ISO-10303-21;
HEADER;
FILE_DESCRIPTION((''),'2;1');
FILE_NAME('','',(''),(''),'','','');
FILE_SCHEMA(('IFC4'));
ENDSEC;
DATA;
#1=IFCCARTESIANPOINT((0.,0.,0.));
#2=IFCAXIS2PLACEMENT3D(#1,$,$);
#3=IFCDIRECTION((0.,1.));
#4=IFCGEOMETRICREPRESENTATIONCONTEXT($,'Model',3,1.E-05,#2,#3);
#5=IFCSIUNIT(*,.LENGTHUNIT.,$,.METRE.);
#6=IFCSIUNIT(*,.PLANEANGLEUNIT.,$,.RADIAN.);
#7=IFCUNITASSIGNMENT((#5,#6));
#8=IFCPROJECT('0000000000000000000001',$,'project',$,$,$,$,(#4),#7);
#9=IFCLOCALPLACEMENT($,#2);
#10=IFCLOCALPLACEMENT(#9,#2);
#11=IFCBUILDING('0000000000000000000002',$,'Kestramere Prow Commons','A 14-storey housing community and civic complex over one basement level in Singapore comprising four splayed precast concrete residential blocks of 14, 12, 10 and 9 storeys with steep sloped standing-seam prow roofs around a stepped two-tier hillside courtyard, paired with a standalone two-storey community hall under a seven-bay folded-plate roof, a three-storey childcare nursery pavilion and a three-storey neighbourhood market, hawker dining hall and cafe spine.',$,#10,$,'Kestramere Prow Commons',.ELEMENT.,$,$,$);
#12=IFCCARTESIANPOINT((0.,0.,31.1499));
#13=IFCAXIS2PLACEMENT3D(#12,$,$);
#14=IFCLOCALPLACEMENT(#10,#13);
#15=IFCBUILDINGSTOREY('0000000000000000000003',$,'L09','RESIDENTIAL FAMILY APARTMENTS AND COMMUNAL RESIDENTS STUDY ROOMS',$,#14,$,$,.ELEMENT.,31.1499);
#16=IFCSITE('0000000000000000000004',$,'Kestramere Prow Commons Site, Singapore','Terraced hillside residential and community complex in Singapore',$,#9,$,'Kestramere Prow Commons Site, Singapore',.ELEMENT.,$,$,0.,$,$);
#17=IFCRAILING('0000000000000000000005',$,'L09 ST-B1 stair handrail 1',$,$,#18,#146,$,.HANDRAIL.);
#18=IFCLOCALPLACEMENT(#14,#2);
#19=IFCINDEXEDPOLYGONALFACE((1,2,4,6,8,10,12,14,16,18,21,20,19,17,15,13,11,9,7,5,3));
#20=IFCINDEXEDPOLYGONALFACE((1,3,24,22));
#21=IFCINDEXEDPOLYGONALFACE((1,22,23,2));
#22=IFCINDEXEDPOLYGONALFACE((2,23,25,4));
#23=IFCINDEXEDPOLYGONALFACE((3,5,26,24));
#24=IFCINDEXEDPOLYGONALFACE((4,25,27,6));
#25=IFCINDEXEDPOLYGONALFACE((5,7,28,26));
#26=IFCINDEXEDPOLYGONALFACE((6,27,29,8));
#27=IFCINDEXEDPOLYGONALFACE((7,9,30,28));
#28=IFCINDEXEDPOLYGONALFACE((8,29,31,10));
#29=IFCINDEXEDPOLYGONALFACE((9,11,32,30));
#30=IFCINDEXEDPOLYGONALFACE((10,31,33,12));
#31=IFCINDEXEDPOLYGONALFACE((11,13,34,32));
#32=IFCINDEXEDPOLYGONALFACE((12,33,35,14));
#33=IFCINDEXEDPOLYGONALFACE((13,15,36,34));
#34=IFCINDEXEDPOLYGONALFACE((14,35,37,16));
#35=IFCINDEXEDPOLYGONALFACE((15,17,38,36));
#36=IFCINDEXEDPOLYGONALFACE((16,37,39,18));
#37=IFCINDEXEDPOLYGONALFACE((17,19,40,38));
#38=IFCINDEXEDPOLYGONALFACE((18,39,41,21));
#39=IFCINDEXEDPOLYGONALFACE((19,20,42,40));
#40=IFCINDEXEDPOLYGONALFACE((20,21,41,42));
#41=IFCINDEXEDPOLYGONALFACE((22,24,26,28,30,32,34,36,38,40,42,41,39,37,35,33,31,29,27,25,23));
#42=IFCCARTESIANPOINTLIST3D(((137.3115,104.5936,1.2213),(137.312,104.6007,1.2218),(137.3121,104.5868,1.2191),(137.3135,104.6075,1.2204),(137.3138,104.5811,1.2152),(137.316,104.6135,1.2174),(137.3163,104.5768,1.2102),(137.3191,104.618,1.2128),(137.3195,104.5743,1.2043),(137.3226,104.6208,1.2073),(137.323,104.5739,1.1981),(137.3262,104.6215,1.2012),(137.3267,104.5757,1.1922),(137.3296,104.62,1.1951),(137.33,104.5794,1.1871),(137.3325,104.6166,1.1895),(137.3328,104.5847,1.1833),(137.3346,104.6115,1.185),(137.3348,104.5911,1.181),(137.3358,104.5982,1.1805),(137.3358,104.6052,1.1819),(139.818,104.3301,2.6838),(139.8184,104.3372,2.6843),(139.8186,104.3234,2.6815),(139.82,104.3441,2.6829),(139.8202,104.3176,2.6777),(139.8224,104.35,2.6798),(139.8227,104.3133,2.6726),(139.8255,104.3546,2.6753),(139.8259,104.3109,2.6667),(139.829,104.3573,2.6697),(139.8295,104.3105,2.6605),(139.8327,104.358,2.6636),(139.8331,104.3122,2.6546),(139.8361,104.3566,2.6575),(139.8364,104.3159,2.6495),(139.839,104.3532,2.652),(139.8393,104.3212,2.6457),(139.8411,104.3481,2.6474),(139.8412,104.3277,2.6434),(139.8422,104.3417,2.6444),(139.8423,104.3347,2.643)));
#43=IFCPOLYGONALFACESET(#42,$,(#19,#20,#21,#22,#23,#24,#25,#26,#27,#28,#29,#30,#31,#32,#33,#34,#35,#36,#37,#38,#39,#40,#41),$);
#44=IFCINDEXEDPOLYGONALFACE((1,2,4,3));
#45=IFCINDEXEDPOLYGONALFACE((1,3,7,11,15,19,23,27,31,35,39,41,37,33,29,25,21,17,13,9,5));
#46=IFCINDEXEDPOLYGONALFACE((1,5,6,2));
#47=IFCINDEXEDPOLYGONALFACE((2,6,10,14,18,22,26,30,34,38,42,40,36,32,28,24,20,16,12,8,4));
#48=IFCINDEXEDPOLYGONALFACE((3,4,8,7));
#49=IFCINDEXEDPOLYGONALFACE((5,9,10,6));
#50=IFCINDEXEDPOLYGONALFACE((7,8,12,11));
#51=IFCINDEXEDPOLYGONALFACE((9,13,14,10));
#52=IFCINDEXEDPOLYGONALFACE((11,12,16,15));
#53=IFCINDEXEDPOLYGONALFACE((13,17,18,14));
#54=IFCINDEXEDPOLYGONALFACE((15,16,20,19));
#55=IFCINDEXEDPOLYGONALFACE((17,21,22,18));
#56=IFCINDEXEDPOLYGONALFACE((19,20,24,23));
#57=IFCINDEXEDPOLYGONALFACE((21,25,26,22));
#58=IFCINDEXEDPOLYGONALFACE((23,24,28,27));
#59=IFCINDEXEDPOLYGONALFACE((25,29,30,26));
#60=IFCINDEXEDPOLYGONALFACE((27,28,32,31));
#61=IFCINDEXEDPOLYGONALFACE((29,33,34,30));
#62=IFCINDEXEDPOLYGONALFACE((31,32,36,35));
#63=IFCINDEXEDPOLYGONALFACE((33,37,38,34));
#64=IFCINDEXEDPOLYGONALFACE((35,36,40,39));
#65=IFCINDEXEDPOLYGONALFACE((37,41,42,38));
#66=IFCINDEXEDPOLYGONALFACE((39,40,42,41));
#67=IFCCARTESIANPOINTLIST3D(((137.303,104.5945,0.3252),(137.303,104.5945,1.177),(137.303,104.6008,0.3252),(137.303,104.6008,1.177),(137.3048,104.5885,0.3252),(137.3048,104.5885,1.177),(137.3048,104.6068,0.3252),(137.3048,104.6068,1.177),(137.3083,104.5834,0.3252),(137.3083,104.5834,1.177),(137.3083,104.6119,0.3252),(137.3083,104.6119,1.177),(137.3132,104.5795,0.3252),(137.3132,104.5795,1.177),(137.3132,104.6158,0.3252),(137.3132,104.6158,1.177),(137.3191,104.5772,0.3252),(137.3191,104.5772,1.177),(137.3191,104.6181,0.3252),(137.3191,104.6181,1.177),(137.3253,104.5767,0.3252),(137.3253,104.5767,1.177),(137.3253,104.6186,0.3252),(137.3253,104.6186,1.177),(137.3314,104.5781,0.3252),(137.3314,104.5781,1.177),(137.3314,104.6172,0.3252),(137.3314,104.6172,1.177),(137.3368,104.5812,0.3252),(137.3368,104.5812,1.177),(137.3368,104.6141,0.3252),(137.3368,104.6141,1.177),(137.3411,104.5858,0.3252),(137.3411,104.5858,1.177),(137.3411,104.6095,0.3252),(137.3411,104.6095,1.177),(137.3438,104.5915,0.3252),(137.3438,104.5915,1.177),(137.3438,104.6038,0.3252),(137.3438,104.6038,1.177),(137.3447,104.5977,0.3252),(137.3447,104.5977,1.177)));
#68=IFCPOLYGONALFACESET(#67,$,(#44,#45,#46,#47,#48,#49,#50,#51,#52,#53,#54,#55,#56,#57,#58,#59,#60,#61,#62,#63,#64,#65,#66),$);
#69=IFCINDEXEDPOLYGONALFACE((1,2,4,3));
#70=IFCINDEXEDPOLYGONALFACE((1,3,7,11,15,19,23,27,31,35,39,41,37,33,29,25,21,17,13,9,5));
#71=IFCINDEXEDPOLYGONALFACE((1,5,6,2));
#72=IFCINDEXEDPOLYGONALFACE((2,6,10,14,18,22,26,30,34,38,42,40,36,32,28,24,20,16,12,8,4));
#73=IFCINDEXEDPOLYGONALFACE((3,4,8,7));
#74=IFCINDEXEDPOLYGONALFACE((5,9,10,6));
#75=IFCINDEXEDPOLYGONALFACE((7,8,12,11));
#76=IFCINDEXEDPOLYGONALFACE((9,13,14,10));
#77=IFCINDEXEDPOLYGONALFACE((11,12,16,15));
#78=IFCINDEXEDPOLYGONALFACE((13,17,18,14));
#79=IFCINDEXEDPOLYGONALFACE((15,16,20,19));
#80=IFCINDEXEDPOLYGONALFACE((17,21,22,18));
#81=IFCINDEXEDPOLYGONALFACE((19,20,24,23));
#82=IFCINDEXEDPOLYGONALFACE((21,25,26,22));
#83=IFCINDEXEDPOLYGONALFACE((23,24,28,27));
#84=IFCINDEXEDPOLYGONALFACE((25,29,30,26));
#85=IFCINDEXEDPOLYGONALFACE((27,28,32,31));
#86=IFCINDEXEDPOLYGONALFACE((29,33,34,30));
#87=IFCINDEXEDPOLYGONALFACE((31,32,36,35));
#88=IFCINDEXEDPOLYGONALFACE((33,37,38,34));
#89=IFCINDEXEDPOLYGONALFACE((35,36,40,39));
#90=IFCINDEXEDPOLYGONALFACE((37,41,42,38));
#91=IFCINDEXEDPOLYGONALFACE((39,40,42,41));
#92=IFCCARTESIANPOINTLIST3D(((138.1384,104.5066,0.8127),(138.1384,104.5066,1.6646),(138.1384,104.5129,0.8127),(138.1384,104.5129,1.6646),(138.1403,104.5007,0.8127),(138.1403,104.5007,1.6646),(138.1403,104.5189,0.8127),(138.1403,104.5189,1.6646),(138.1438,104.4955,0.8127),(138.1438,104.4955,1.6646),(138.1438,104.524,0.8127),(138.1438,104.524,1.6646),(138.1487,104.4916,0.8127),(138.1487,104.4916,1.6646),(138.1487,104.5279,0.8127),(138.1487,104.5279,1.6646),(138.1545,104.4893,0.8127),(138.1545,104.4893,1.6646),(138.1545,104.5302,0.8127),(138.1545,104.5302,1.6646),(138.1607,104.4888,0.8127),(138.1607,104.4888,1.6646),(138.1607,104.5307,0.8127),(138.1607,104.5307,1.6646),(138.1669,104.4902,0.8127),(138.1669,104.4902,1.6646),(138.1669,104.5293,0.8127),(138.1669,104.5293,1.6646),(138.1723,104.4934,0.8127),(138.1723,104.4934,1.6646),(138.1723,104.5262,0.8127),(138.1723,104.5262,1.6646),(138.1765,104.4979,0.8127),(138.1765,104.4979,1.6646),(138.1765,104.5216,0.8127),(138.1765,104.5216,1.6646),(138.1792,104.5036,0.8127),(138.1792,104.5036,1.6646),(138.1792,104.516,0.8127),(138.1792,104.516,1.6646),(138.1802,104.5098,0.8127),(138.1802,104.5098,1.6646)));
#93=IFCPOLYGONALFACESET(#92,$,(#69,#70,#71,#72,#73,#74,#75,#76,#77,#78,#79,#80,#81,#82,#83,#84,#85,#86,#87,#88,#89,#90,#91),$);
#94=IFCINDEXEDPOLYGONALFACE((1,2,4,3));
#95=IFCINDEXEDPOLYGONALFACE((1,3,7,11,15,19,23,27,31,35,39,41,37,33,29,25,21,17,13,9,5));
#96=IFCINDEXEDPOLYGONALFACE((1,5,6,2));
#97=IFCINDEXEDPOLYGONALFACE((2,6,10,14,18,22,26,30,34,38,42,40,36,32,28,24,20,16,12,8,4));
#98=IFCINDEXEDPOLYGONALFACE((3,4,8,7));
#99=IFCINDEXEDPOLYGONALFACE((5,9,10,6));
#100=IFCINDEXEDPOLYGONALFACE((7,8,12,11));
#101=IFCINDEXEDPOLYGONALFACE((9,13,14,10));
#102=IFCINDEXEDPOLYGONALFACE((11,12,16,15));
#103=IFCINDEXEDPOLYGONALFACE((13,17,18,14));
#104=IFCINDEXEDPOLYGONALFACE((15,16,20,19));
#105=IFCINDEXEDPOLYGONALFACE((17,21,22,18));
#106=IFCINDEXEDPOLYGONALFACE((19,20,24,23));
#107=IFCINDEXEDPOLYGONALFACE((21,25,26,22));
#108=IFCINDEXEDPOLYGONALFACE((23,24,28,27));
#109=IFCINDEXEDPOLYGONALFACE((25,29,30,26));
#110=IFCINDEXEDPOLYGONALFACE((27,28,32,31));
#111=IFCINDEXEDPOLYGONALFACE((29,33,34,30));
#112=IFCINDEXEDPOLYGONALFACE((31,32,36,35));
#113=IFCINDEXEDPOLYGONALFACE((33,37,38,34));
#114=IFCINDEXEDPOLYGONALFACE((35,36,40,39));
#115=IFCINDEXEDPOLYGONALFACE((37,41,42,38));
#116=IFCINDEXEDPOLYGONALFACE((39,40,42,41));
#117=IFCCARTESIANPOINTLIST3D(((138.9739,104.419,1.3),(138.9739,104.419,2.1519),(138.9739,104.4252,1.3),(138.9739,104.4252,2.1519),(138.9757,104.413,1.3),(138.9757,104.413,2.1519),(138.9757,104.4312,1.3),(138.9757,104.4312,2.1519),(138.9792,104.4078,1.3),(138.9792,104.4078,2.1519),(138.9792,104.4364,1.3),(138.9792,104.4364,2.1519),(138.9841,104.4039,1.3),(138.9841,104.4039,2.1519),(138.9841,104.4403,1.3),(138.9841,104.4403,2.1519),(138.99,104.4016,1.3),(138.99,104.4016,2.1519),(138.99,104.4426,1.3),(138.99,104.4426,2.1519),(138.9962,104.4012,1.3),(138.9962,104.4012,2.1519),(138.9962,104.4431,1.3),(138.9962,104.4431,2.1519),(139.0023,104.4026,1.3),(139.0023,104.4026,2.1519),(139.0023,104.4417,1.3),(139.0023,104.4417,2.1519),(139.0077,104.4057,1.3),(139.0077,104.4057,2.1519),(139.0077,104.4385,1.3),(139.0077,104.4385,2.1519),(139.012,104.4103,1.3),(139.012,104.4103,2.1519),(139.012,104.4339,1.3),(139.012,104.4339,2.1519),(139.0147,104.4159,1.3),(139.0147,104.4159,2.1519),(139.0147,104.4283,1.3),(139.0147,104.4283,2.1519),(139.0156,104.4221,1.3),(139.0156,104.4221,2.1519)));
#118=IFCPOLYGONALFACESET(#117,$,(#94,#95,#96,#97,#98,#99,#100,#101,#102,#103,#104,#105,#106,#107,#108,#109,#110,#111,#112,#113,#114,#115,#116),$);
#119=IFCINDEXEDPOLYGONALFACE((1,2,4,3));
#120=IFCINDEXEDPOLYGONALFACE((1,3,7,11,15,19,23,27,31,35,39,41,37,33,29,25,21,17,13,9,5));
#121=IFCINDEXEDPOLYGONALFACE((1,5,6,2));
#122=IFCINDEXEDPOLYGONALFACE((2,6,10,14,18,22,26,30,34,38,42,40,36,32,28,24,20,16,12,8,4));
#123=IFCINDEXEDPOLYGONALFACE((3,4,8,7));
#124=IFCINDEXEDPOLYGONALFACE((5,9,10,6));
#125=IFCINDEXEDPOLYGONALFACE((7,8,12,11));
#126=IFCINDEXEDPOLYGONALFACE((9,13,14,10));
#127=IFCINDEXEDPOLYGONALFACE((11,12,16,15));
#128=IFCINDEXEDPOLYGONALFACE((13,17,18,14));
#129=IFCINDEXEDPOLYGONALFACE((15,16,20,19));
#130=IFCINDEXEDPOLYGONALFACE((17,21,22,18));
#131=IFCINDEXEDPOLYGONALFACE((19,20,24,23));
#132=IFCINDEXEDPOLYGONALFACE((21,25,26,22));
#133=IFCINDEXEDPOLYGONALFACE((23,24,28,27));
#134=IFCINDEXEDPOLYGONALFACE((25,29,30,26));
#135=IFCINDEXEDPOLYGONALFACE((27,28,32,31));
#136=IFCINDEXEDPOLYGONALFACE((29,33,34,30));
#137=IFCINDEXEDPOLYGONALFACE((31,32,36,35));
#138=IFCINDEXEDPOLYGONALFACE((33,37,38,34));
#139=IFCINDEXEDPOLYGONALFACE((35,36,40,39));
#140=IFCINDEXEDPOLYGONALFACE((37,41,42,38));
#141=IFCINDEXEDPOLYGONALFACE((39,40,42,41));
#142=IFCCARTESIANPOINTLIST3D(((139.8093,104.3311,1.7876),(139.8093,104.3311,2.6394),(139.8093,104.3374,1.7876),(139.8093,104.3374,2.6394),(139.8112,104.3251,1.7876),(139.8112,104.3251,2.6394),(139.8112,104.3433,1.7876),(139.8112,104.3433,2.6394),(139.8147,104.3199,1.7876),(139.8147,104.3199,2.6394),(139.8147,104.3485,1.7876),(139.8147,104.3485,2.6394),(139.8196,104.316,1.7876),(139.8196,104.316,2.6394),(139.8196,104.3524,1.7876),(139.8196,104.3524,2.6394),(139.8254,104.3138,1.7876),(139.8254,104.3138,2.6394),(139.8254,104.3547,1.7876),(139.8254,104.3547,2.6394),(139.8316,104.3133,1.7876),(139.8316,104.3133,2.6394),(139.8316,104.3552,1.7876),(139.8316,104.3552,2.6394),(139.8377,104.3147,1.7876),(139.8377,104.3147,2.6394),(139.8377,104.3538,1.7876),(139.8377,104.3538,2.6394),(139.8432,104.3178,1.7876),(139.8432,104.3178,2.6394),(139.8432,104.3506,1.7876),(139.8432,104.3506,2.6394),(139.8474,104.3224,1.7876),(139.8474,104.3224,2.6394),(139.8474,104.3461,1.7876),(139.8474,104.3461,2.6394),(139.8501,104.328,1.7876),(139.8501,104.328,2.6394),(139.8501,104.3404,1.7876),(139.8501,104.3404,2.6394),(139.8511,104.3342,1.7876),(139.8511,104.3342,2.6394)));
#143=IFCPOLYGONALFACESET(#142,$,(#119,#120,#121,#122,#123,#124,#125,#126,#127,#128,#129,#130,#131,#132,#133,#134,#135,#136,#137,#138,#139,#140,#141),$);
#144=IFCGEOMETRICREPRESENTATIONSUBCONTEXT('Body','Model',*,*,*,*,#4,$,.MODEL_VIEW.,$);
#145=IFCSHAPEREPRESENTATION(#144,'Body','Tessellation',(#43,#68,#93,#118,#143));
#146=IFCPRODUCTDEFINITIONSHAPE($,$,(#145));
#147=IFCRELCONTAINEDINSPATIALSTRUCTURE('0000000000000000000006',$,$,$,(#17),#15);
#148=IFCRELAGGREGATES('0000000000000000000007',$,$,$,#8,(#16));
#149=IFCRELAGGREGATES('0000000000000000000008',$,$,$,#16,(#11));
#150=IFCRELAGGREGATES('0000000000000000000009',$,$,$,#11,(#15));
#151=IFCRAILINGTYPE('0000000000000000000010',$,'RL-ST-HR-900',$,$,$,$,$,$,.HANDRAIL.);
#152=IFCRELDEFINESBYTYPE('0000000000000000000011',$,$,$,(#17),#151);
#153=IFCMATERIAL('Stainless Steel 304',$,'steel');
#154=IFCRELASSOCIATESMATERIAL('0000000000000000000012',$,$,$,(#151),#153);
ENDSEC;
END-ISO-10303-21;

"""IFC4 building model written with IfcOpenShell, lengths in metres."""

from ifc_helpers import new_model, si_unit, direction, frame, origin, origin_2d, place, context, subcontext, project, spatial, circle, extrude, material, type_object, element, save


model = new_model("IFC4")

# Units and contexts
model_context = context("Model", 3, precision=1e-05, world=origin(), true_north=direction((0.0, 1.0)))
body_context = subcontext(model_context, "Body", "Model", "MODEL_VIEW")
ifc_project = project(units=[si_unit("LENGTHUNIT", "METRE"), si_unit("PLANEANGLEUNIT", "RADIAN")], contexts=[model_context])

# Site, building, storey
site_placement = place(None, origin())
site = spatial("IfcSite", under=ifc_project, at=site_placement, Name="Kestramere Prow Commons Site, Singapore", Description="Terraced hillside residential and community complex in Singapore", LongName="Kestramere Prow Commons Site, Singapore", CompositionType="ELEMENT", RefElevation=0.0)
building_placement = place(site_placement, origin())
building = spatial("IfcBuilding", under=site, at=building_placement, Name="Kestramere Prow Commons", Description="A 14-storey housing community and civic complex over one basement level in Singapore comprising four splayed precast concrete residential blocks of 14, 12, 10 and 9 storeys with steep sloped standing-seam prow roofs around a stepped two-tier hillside courtyard, paired with a standalone two-storey community hall under a seven-bay folded-plate roof, a three-storey childcare nursery pavilion and a three-storey neighbourhood market, hawker dining hall and cafe spine.", LongName="Kestramere Prow Commons", CompositionType="ELEMENT")
storey_placement = place(building_placement, frame((0.0, 0.0, 31.1499)))
storey = spatial("IfcBuildingStorey", under=building, at=storey_placement, Name="L09", Description="RESIDENTIAL FAMILY APARTMENTS AND COMMUNAL RESIDENTS STUDY ROOMS", CompositionType="ELEMENT", Elevation=31.1499)

# Railing
ifc_material_1 = material(Name="Stainless Steel 304", Category="steel")
railing_type_1 = type_object("IfcRailingType", Name="RL-ST-HR-900", PredefinedType="HANDRAIL", material=ifc_material_1)
railing_1_placement = place(storey_placement, frame((137.3237, 104.5977, 0.3252)))
element("IfcRailing", 1, at=railing_1_placement, inside=storey, type_object=railing_type_1, Name="L09 ST-B1 stair handrail 1", PredefinedType="HANDRAIL", context=body_context, shape_type="SweptSolid", body=[
    extrude(circle(Radius=0.0239, at=origin_2d()), frame((0.0, 0.0, 0.876), z_axis=(0.860187, -0.090409, 0.501901), x_axis=(0.104528, 0.994522, 0.0)), (0.0, 0.0, 1.0), 2.9138),
    extrude(circle(Radius=0.021, at=origin_2d()), origin(), (0.0, 0.0, 1.0), 0.8518),
    extrude(circle(Radius=0.021, at=origin_2d()), frame((0.8354, -0.0879, 0.4875)), (0.0, 0.0, 1.0), 0.8518),
    extrude(circle(Radius=0.021, at=origin_2d()), frame((1.6709, -0.1755, 0.9749)), (0.0, 0.0, 1.0), 0.8518),
    extrude(circle(Radius=0.021, at=origin_2d()), frame((2.5063, -0.2634, 1.4624)), (0.0, 0.0, 1.0), 0.8518),
])

save(model, "model.ifc")
